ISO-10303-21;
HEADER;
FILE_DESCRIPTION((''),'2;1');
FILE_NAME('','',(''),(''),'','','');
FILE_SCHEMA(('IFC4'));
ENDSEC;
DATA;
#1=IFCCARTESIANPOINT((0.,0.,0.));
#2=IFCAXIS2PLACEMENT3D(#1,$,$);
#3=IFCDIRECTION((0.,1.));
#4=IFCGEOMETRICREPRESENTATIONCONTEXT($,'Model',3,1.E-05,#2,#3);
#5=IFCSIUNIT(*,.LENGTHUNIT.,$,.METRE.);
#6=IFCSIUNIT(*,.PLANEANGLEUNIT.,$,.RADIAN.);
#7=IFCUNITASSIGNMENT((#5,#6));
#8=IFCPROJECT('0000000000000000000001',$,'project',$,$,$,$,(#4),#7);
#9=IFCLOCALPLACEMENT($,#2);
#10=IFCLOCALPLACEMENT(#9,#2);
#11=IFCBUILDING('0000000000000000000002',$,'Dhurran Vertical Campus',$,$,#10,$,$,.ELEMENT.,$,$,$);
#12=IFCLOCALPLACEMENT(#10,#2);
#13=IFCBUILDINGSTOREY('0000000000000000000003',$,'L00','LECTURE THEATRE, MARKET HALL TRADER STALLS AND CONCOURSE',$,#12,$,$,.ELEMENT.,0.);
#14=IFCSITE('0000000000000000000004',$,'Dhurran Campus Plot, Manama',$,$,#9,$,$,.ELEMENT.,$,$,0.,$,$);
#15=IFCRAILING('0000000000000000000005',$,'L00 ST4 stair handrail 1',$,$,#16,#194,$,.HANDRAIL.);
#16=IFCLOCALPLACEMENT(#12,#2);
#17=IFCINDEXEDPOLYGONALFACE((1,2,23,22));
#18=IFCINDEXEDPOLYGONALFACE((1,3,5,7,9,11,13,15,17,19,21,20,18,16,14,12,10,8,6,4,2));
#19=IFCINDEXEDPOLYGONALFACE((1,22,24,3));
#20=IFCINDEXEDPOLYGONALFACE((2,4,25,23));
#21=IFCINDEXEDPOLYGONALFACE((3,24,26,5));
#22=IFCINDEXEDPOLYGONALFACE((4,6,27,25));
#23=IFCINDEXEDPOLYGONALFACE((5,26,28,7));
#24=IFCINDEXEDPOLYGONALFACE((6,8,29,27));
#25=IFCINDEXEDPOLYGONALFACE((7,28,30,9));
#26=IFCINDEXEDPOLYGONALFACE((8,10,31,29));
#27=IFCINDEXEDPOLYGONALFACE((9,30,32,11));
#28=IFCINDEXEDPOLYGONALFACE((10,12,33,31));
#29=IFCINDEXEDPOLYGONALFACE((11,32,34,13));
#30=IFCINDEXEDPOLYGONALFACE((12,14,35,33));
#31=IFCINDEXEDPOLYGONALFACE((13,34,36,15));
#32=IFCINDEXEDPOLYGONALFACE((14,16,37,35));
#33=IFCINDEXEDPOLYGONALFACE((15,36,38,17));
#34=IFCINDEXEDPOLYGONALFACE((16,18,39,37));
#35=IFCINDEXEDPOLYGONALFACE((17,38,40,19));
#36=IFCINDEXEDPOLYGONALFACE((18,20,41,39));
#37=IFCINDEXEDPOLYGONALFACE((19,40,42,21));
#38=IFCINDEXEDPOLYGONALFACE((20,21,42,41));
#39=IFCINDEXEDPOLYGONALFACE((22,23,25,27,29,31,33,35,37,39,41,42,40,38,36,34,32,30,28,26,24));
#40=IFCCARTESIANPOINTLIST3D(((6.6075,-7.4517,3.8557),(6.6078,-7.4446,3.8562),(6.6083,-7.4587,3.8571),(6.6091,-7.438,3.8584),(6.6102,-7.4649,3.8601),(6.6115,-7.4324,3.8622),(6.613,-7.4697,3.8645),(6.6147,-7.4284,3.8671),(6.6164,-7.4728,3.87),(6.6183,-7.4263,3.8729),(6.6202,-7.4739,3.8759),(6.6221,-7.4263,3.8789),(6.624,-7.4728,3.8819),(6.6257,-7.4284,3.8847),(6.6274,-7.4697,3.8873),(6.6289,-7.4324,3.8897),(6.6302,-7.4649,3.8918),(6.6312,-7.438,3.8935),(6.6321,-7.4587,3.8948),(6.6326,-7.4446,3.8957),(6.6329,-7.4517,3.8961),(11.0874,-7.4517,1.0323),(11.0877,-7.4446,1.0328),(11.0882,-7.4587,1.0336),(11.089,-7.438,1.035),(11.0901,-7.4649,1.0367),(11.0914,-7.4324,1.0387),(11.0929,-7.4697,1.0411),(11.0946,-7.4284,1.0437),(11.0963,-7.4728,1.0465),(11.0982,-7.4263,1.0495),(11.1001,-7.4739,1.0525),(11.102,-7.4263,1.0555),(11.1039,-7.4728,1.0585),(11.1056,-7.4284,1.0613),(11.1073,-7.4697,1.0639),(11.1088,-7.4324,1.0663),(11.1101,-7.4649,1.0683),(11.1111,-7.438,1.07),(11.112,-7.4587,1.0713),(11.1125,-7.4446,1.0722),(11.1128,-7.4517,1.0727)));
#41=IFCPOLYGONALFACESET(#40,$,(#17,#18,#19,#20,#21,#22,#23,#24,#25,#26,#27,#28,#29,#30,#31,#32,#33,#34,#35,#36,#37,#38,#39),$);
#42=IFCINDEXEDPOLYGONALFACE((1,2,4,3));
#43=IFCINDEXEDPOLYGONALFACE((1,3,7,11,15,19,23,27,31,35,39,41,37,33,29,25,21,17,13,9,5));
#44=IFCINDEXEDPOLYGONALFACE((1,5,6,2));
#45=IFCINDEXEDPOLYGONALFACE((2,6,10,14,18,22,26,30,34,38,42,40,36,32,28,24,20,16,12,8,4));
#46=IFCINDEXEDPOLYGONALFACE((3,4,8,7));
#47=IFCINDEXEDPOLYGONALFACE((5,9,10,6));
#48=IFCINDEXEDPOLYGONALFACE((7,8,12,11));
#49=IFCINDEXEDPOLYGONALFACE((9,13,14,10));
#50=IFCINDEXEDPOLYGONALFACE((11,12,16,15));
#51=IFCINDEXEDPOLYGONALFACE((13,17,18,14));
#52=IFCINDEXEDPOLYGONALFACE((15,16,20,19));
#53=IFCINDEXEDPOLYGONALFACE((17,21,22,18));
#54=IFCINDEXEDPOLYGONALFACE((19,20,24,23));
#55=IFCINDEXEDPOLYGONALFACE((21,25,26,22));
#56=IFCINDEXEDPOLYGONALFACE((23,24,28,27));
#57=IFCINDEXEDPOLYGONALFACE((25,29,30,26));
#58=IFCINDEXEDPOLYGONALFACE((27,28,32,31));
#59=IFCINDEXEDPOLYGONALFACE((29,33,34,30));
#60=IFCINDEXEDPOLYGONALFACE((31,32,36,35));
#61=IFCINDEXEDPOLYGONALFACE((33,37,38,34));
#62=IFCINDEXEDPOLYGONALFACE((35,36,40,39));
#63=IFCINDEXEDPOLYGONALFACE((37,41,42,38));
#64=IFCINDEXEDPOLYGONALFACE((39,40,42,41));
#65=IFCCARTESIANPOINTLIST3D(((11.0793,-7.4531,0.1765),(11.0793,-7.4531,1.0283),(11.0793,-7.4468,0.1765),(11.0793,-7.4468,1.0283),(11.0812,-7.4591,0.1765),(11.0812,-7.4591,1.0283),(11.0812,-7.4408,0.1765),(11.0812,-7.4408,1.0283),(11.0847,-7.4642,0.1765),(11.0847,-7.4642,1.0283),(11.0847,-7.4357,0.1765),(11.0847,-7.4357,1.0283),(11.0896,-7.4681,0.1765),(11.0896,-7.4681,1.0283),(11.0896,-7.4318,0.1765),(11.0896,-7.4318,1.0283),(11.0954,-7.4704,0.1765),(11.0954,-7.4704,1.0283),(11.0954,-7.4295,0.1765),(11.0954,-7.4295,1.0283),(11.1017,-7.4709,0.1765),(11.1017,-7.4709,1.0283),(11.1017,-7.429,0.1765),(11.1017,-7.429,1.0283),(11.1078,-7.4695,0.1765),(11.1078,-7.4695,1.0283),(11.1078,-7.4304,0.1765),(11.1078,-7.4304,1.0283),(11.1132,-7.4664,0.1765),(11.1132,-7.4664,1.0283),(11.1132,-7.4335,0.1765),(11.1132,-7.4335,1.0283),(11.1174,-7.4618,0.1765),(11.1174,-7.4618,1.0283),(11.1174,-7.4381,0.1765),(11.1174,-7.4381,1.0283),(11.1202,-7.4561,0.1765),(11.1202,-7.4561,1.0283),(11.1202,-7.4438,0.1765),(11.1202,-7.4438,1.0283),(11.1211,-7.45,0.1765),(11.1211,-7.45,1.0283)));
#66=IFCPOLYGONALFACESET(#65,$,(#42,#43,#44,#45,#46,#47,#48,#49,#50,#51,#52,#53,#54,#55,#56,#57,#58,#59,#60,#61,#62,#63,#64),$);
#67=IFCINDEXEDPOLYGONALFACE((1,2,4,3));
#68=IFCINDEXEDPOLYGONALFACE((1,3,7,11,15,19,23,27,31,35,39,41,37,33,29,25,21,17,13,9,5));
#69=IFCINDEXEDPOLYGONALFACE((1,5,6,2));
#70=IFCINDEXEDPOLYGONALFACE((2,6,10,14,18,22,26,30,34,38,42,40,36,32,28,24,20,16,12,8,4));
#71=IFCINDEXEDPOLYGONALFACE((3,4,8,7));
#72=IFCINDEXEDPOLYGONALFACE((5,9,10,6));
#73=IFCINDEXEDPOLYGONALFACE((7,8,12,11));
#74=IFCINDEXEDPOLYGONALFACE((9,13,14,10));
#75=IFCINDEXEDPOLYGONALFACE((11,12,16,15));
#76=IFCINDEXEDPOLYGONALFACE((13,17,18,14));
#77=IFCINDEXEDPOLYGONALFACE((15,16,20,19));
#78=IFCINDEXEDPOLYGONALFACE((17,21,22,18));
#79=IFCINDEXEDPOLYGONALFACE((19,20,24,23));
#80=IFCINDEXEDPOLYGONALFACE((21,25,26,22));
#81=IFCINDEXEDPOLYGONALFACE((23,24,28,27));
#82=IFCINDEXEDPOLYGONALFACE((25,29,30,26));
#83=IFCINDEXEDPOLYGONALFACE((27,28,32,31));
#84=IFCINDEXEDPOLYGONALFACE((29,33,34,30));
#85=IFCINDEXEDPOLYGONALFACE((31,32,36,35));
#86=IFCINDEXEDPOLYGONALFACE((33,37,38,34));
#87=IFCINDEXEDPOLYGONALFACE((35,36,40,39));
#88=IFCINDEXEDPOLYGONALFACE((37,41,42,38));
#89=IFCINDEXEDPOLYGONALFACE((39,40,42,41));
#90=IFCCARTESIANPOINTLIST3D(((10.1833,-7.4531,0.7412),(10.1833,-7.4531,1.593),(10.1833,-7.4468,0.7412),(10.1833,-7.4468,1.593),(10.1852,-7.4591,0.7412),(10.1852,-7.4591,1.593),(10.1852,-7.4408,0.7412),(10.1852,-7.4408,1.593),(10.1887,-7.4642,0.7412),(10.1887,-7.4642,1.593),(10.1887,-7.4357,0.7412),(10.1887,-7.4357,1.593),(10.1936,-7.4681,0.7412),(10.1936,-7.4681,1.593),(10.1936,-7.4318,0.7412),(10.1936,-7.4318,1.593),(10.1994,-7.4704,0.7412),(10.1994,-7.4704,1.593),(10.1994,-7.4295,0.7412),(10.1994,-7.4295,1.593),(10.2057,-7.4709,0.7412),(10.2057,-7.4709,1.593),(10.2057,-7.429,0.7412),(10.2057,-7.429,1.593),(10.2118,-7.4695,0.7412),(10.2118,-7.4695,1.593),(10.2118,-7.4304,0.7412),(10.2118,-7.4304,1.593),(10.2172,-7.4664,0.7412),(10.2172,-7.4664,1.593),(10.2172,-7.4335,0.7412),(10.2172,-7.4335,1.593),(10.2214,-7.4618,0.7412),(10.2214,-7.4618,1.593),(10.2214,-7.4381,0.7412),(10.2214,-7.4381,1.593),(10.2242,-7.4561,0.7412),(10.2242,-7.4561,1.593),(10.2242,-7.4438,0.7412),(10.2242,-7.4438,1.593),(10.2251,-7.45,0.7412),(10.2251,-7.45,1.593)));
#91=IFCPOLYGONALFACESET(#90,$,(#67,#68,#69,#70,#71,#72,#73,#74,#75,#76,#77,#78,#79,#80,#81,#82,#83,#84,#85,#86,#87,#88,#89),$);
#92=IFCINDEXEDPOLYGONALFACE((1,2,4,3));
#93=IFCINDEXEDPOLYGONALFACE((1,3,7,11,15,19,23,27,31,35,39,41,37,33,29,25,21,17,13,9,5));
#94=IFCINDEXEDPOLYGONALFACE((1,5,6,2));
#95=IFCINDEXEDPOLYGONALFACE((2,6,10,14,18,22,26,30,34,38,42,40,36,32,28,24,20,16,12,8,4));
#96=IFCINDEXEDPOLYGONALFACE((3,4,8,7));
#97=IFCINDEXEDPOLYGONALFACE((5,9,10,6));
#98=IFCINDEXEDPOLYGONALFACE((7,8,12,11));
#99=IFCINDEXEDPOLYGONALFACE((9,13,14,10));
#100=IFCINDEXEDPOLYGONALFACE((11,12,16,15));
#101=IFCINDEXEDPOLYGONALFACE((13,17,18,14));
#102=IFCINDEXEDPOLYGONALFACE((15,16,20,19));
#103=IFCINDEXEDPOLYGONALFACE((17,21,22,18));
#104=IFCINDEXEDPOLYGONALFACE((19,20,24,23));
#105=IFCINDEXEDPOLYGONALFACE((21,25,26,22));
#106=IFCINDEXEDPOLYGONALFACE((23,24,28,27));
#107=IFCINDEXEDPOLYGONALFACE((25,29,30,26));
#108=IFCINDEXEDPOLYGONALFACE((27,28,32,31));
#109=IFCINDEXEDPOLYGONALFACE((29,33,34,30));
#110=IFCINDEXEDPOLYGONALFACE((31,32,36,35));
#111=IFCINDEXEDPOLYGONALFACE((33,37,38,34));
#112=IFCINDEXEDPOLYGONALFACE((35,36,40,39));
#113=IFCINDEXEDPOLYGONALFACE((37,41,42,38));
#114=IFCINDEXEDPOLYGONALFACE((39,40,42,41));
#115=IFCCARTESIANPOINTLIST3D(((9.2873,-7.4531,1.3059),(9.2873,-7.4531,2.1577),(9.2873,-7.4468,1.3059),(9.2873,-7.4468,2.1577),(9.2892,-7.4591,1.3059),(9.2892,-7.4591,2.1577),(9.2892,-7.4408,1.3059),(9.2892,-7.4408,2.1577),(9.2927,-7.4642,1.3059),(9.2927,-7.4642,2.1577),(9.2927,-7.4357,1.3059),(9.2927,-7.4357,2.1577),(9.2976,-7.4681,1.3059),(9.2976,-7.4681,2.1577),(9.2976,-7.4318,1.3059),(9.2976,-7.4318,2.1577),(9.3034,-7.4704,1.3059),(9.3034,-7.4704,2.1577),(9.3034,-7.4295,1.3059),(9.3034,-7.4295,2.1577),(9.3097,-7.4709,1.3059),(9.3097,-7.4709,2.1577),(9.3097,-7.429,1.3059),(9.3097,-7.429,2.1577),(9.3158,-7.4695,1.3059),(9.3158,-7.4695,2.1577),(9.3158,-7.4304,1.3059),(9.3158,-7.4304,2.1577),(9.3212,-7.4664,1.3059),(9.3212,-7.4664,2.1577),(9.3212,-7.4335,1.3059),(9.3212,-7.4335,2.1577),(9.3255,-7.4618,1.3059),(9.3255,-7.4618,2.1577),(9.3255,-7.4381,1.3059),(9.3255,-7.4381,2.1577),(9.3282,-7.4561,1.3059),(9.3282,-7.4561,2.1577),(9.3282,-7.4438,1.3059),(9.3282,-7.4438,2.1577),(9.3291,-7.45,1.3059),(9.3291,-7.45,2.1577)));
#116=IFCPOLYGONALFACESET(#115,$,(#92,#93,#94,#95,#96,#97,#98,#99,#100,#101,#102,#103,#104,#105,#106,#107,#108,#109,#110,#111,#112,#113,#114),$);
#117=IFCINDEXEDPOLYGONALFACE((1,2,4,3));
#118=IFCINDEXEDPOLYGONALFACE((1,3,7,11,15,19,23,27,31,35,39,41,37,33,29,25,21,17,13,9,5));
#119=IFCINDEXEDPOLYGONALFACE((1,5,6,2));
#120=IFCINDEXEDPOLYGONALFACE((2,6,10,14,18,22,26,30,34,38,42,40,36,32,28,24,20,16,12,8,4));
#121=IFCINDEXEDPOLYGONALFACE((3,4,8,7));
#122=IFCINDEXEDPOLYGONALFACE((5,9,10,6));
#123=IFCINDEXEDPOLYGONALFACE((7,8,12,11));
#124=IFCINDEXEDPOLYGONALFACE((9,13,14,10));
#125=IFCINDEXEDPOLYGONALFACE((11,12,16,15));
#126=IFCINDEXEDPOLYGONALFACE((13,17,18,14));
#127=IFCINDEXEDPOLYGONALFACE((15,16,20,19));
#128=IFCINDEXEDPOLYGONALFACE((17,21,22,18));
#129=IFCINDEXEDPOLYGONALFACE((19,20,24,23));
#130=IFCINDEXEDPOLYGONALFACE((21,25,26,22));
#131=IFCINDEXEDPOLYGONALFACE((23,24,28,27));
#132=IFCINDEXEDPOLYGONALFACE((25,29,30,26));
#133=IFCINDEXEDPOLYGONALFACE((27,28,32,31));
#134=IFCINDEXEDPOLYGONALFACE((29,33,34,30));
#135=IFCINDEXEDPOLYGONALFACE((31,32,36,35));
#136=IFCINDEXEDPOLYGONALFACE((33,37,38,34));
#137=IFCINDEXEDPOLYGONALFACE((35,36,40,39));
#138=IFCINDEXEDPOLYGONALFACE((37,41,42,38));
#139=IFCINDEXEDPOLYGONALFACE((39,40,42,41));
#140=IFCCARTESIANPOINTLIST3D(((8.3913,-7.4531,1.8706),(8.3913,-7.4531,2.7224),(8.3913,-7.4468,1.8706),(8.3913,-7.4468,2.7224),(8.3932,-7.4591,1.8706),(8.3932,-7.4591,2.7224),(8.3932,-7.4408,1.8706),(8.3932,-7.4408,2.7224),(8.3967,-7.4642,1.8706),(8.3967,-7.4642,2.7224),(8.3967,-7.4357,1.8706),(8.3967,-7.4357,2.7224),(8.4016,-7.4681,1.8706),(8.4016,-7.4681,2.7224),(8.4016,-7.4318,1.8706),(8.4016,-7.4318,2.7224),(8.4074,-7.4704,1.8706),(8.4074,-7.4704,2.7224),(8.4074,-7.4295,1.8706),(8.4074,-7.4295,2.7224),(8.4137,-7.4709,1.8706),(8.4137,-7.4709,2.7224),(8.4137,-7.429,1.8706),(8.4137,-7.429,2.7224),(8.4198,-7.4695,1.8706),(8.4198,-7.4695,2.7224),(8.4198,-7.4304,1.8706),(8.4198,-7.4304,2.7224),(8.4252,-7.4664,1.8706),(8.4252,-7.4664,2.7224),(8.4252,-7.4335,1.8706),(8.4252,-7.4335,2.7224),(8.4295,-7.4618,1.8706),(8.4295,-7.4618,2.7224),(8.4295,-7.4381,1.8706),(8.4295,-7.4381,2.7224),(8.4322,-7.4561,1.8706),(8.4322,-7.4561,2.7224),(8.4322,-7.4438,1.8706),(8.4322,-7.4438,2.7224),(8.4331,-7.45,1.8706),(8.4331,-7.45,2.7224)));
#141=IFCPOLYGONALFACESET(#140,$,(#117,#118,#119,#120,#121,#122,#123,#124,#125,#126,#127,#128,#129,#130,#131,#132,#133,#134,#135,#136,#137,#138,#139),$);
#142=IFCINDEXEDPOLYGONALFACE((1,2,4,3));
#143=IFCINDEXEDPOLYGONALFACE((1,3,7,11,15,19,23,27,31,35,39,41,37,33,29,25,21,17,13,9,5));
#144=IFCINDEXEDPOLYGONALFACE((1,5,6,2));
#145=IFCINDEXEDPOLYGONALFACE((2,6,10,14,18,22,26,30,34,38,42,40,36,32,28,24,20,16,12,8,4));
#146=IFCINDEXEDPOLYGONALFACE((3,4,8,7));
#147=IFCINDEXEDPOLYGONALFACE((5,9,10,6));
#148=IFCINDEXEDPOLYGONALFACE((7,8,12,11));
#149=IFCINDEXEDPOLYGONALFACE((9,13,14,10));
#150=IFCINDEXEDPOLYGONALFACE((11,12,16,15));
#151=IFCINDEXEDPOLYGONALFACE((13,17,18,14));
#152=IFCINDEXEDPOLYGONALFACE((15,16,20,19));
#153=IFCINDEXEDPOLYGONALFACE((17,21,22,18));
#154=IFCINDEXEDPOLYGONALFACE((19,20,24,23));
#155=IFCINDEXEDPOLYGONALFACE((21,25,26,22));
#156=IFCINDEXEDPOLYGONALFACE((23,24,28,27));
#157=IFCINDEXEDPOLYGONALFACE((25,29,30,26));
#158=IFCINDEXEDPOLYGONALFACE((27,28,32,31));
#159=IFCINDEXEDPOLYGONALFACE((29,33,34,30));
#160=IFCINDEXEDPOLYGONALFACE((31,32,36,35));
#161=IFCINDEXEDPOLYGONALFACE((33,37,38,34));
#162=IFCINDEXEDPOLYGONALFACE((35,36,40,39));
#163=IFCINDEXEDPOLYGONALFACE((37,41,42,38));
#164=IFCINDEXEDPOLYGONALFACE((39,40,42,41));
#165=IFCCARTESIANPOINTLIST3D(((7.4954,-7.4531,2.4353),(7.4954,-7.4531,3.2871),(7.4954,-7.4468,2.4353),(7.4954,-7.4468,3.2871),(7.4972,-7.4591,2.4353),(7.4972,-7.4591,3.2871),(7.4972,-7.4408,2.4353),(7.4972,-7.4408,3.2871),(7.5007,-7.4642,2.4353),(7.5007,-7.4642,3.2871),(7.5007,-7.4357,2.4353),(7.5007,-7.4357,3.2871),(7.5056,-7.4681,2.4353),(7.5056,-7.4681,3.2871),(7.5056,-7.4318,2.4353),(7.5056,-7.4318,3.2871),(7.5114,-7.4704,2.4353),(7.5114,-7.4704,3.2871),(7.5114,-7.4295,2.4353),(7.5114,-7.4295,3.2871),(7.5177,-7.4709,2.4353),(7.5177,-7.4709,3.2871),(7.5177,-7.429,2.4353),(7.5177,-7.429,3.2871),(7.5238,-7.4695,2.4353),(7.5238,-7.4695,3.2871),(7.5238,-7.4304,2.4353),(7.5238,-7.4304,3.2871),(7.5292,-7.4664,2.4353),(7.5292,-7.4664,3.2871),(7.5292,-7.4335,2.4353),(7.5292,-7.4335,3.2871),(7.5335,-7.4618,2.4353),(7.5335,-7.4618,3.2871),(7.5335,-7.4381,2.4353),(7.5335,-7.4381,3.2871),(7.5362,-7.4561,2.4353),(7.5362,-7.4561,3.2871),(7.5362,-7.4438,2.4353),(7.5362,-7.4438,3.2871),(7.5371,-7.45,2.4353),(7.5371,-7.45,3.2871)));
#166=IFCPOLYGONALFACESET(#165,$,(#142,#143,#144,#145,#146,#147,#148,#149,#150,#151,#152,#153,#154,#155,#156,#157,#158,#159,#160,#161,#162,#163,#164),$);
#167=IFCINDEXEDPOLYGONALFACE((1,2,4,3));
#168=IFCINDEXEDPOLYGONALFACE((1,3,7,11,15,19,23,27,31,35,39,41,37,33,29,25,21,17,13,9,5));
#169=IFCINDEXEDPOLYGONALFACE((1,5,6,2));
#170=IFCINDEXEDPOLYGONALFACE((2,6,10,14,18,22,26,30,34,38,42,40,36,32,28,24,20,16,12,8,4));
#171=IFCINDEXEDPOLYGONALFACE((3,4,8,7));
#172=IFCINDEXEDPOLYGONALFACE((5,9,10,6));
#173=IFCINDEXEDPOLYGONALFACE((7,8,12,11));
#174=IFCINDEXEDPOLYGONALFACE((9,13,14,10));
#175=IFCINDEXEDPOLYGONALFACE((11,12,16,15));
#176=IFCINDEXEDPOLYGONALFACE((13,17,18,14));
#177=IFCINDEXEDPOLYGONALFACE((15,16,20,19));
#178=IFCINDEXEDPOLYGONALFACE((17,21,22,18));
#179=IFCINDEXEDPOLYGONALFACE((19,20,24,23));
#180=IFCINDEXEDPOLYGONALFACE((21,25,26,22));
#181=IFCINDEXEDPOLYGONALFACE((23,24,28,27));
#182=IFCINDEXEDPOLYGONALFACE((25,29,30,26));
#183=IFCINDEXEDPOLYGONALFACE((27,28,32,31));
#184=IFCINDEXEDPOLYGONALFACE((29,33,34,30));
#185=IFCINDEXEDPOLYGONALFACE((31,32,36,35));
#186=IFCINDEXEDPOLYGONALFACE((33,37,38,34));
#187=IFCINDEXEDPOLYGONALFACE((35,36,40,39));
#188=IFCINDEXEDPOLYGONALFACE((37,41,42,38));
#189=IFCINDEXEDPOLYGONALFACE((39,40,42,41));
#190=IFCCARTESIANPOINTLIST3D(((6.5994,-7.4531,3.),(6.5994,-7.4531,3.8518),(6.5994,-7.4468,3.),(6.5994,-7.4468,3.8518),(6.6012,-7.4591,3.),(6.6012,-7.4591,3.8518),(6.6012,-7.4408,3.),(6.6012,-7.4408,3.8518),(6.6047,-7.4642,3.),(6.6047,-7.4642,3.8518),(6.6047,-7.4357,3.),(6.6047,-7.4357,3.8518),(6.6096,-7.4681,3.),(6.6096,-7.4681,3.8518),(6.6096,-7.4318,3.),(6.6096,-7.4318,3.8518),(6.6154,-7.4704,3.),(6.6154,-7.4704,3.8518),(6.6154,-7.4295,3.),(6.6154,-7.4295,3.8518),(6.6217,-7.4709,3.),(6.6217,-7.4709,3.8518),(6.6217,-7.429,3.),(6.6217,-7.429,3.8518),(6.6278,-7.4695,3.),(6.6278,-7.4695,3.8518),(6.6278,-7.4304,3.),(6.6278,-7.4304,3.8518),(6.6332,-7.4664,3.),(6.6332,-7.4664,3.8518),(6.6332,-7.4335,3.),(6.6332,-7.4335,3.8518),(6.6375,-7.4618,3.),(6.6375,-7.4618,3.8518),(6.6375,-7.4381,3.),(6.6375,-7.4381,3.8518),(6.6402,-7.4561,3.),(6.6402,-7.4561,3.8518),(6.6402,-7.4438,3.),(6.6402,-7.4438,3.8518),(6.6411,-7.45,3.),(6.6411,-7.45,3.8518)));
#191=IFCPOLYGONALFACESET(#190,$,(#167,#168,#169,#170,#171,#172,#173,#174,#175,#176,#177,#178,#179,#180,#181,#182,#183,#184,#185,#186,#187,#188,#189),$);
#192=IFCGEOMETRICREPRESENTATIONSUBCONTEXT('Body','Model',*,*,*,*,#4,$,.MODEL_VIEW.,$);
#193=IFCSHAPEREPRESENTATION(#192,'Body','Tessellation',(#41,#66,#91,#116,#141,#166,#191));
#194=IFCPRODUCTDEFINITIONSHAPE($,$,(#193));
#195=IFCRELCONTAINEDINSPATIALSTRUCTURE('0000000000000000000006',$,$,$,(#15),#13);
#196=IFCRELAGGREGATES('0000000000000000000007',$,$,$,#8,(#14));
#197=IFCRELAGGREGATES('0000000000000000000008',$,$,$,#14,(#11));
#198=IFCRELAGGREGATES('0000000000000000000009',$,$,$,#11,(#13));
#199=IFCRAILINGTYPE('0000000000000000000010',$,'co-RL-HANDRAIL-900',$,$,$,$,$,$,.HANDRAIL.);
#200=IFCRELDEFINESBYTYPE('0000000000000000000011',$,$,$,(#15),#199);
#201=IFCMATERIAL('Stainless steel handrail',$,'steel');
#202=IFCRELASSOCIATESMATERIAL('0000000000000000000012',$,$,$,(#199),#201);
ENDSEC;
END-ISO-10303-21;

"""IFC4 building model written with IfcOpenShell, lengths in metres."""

from ifc_helpers import new_model, si_unit, direction, frame, origin, origin_2d, place, context, subcontext, project, spatial, circle, extrude, material, type_object, element, save


model = new_model("IFC4")

# Units and contexts
model_context = context("Model", 3, precision=1e-05, world=origin(), true_north=direction((0.0, 1.0)))
body_context = subcontext(model_context, "Body", "Model", "MODEL_VIEW")
ifc_project = project(units=[si_unit("LENGTHUNIT", "METRE"), si_unit("PLANEANGLEUNIT", "RADIAN")], contexts=[model_context])

# Site, building, storey
site_placement = place(None, origin())
site = spatial("IfcSite", under=ifc_project, at=site_placement, Name="Dhurran Campus Plot, Manama", CompositionType="ELEMENT", RefElevation=0.0)
building_placement = place(site_placement, origin())
building = spatial("IfcBuilding", under=site, at=building_placement, Name="Dhurran Vertical Campus", CompositionType="ELEMENT")
storey_placement = place(building_placement, origin())
storey = spatial("IfcBuildingStorey", under=building, at=storey_placement, Name="L00", Description="LECTURE THEATRE, MARKET HALL TRADER STALLS AND CONCOURSE", CompositionType="ELEMENT", Elevation=0.0)

# Railing
ifc_material_1 = material(Name="Stainless steel handrail", Category="steel")
railing_type_1 = type_object("IfcRailingType", Name="co-RL-HANDRAIL-900", PredefinedType="HANDRAIL", material=ifc_material_1)
railing_1_placement = place(storey_placement, frame((11.1001, -7.45, 0.1765)))
element("IfcRailing", 1, at=railing_1_placement, inside=storey, type_object=railing_type_1, Name="L00 ST4 stair handrail 1", PredefinedType="HANDRAIL", context=body_context, shape_type="SweptSolid", body=[
    extrude(circle(Radius=0.0239, at=origin_2d()), frame((0.0, 0.0, 0.876), z_axis=(-0.845998, 0.0, 0.533186), x_axis=(0.0, -1.0, 0.0)), (0.0, 0.0, 1.0), 5.2954),
    extrude(circle(Radius=0.021, at=origin_2d()), origin(), (0.0, 0.0, 1.0), 0.8518),
    extrude(circle(Radius=0.021, at=origin_2d()), frame((-0.896, 0.0, 0.5647)), (0.0, 0.0, 1.0), 0.8518),
    extrude(circle(Radius=0.021, at=origin_2d()), frame((-1.792, 0.0, 1.1294)), (0.0, 0.0, 1.0), 0.8518),
    extrude(circle(Radius=0.021, at=origin_2d()), frame((-2.688, 0.0, 1.6941)), (0.0, 0.0, 1.0), 0.8518),
    extrude(circle(Radius=0.021, at=origin_2d()), frame((-3.584, 0.0, 2.2588)), (0.0, 0.0, 1.0), 0.8518),
    extrude(circle(Radius=0.021, at=origin_2d()), frame((-4.48, 0.0, 2.8235)), (0.0, 0.0, 1.0), 0.8518),
])

save(model, "model.ifc")
